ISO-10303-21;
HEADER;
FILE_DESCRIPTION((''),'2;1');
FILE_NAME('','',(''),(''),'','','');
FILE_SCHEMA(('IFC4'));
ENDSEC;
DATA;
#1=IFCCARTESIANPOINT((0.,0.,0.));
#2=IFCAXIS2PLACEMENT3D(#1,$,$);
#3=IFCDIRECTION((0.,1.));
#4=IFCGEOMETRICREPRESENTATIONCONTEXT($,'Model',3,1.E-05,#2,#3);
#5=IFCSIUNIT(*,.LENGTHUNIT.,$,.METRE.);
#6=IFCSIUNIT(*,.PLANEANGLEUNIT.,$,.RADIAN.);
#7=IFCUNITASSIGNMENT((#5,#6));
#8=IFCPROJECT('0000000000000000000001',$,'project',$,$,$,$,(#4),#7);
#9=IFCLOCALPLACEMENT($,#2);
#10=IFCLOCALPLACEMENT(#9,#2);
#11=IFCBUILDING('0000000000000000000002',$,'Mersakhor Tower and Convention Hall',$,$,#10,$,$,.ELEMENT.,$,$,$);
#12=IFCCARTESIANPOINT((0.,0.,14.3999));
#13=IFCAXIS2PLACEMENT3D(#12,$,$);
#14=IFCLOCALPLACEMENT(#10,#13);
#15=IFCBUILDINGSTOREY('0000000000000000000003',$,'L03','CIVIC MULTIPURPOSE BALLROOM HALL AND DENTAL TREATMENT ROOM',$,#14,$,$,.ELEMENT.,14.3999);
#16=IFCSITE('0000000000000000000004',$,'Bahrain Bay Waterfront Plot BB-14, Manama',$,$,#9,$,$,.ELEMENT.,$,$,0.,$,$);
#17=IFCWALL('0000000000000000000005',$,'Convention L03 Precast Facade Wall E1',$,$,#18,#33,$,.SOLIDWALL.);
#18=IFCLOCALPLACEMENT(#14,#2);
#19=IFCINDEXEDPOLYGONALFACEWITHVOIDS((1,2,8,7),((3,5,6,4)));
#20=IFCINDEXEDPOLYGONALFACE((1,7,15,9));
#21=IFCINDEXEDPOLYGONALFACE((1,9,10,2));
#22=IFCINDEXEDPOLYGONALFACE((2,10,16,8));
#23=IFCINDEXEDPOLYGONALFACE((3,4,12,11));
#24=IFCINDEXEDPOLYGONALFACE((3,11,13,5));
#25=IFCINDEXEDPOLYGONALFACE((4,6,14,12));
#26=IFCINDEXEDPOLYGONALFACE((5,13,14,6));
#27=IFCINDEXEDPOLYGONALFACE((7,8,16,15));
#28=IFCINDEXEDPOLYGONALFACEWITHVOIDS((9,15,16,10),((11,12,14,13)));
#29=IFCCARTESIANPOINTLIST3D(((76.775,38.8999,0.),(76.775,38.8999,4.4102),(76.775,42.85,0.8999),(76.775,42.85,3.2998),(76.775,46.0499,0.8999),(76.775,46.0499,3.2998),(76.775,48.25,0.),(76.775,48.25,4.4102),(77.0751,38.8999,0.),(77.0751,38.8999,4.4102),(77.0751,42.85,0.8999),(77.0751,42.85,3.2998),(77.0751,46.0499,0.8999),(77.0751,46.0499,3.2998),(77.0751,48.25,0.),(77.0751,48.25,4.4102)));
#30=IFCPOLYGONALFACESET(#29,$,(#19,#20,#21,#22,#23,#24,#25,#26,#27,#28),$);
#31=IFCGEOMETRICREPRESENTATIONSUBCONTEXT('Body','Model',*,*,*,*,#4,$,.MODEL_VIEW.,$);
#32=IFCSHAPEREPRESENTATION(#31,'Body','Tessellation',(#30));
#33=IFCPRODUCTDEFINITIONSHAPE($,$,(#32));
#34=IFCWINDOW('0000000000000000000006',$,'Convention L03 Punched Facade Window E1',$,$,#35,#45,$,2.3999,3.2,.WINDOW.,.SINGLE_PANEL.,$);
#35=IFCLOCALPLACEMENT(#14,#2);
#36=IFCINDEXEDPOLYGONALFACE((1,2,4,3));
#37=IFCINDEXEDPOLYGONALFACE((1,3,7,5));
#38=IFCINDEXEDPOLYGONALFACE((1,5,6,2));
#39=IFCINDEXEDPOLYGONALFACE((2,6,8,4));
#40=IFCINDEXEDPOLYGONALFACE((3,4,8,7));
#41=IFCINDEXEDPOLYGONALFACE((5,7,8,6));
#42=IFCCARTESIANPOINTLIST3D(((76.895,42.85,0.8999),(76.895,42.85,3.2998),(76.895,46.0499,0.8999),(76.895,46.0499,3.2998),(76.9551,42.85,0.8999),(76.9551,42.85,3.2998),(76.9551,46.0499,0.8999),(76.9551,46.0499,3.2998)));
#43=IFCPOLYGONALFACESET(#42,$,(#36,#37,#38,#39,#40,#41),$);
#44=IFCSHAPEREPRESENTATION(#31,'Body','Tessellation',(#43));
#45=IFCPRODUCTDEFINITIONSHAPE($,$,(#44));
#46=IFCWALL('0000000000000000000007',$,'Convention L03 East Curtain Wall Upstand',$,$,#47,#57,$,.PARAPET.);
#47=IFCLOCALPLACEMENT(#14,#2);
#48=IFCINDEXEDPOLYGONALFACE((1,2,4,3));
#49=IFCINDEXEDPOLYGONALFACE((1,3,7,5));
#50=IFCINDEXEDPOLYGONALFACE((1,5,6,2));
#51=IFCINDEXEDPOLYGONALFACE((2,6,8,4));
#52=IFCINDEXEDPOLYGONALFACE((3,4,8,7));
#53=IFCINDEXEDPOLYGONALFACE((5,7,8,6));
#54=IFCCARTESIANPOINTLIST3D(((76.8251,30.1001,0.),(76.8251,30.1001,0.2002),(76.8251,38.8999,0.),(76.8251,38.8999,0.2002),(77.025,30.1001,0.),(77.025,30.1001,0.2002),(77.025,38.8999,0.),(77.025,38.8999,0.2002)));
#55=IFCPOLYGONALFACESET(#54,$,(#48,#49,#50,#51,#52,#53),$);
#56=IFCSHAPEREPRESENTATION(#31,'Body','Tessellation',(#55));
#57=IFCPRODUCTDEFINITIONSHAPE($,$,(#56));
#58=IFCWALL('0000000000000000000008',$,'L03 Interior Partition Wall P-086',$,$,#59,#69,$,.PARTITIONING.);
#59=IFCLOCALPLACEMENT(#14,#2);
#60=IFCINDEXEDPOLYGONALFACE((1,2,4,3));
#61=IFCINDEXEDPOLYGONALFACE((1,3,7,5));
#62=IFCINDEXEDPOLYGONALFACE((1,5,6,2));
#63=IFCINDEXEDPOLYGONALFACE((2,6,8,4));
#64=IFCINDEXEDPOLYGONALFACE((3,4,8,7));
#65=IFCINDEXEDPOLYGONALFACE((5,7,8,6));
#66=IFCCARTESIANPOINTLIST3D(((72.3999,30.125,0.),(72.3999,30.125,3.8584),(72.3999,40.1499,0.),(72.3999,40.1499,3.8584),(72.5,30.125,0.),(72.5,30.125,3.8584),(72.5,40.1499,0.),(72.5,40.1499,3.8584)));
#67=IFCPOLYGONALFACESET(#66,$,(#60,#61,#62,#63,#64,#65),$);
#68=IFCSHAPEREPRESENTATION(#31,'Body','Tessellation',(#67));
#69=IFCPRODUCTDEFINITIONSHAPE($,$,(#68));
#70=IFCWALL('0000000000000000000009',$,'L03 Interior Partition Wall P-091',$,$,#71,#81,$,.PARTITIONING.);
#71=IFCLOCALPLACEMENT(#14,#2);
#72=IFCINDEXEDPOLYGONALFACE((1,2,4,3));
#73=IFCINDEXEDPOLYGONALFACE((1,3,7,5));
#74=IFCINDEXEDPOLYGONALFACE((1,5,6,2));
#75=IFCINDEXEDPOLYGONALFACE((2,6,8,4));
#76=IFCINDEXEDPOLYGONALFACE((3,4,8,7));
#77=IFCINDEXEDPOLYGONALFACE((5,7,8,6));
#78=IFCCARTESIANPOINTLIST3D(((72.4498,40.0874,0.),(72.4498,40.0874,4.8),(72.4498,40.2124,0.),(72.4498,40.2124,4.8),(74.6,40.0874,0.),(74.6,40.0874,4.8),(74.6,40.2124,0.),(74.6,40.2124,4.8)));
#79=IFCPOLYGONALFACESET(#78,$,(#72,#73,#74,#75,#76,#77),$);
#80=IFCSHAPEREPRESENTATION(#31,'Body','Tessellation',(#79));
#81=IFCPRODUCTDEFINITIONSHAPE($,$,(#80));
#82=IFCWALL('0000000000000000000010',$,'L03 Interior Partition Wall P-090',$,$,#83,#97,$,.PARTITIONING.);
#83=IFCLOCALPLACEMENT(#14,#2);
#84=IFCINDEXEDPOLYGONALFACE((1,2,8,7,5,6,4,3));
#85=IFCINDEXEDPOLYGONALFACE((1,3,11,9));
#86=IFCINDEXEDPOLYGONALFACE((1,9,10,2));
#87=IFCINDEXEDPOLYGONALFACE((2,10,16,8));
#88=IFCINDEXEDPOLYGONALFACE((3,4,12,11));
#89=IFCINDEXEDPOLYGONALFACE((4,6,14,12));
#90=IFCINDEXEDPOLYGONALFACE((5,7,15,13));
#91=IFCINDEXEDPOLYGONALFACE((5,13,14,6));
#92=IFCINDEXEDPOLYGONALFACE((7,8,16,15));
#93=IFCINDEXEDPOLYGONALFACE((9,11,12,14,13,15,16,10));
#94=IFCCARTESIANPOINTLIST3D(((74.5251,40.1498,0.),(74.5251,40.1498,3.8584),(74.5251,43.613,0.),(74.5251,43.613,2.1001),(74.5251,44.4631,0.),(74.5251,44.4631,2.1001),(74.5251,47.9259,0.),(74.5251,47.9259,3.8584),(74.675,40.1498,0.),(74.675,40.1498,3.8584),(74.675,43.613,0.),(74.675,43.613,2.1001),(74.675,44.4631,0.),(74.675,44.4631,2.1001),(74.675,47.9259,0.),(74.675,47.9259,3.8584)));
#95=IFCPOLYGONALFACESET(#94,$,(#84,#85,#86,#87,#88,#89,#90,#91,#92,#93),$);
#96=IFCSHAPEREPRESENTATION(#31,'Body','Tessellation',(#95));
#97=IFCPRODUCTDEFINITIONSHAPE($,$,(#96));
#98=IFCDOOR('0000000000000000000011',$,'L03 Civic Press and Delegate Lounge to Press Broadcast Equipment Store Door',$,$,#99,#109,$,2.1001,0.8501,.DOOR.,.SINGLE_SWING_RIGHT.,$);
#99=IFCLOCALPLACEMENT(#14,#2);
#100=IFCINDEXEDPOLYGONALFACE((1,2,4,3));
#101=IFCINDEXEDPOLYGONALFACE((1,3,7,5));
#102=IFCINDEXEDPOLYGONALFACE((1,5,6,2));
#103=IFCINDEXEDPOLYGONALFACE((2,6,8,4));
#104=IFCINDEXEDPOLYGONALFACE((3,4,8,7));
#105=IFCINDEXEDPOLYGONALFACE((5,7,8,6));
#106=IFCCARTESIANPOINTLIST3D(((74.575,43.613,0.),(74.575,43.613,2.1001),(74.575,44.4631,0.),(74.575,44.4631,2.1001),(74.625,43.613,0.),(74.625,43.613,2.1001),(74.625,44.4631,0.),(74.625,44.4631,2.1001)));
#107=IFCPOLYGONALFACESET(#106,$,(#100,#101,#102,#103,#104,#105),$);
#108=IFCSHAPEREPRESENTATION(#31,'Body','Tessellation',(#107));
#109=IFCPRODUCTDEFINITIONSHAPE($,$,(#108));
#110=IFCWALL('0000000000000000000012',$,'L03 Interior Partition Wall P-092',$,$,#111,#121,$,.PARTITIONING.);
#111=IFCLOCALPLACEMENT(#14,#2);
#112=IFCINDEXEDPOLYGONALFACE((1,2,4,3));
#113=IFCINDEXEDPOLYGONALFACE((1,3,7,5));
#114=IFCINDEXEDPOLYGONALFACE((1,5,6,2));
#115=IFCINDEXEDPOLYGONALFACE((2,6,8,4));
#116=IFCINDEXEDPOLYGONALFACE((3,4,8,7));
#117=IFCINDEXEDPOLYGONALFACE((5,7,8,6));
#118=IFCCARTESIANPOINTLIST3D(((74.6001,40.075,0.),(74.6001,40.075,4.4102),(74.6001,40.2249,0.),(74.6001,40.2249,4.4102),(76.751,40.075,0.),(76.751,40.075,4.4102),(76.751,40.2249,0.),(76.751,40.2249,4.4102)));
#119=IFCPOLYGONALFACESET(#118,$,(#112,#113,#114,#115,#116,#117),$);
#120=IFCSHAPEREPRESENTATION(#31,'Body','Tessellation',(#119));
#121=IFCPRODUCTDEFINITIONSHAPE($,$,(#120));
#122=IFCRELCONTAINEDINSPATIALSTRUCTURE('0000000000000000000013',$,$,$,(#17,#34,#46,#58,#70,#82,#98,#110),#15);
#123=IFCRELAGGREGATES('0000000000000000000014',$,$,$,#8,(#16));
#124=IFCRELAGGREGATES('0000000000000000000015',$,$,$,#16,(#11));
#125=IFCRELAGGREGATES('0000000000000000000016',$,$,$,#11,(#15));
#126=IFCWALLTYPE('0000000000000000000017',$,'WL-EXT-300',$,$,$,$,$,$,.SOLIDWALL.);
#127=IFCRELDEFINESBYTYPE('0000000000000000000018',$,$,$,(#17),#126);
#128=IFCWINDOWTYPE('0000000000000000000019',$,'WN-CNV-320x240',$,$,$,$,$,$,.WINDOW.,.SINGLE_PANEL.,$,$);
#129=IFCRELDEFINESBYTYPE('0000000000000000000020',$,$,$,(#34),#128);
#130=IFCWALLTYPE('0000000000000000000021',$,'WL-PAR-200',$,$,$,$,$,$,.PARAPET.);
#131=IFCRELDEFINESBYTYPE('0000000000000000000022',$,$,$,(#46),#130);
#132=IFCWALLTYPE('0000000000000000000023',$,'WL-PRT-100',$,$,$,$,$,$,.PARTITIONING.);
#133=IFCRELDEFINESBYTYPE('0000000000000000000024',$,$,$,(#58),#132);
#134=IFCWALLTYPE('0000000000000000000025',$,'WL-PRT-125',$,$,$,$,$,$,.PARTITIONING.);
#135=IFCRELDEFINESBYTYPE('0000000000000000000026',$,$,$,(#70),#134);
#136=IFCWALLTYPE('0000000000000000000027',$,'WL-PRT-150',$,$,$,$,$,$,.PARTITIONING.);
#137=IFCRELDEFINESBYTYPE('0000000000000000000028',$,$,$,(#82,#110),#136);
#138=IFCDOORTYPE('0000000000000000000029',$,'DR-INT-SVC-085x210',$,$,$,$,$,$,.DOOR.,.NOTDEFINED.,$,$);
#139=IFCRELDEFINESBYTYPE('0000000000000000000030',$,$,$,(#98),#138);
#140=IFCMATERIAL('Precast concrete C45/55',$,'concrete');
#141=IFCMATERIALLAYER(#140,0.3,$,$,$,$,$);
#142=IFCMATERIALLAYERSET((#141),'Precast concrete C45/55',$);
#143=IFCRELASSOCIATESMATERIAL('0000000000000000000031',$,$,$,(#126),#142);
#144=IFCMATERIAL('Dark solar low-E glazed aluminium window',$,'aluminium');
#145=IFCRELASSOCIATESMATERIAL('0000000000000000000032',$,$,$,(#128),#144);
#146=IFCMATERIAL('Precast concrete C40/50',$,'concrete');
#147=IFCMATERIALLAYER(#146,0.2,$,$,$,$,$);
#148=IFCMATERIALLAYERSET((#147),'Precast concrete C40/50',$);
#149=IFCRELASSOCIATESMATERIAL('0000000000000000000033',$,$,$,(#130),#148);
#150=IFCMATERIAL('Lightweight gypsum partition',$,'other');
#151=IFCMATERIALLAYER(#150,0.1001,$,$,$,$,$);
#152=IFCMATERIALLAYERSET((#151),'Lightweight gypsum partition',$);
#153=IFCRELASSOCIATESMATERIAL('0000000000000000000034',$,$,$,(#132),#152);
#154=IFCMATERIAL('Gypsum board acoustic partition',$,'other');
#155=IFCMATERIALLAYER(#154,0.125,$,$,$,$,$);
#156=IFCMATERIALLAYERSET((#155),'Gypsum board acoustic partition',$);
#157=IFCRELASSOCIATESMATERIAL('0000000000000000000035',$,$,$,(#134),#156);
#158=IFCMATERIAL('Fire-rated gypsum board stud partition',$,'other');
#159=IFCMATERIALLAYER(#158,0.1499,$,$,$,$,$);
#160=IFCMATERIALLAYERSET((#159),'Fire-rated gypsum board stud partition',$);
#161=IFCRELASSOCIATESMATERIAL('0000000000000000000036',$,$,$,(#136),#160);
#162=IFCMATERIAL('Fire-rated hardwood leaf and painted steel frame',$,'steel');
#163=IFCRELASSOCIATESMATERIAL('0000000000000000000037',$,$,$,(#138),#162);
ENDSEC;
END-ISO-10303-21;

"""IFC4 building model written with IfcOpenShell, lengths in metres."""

from ifc_helpers import new_model, si_unit, direction, frame, frame_2d, origin, place, context, subcontext, project, spatial, rectangle, extrude, material, layer, layer_set, type_object, element, fill, save


model = new_model("IFC4")

# Units and contexts
model_context = context("Model", 3, precision=1e-05, world=origin(), true_north=direction((0.0, 1.0)))
body_context = subcontext(model_context, "Body", "Model", "MODEL_VIEW")
ifc_project = project(units=[si_unit("LENGTHUNIT", "METRE"), si_unit("PLANEANGLEUNIT", "RADIAN")], contexts=[model_context])

# Site, building, storey
site_placement = place(None, origin())
site = spatial("IfcSite", under=ifc_project, at=site_placement, Name="Bahrain Bay Waterfront Plot BB-14, Manama", CompositionType="ELEMENT", RefElevation=0.0)
building_placement = place(site_placement, origin())
building = spatial("IfcBuilding", under=site, at=building_placement, Name="Mersakhor Tower and Convention Hall", CompositionType="ELEMENT")
storey_placement = place(building_placement, frame((0.0, 0.0, 14.3999)))
storey = spatial("IfcBuildingStorey", under=building, at=storey_placement, Name="L03", Description="CIVIC MULTIPURPOSE BALLROOM HALL AND DENTAL TREATMENT ROOM", CompositionType="ELEMENT", Elevation=14.3999)

# Wall, opening, window
ifc_material_1 = material(Name="Precast concrete C45/55", Category="concrete")
ifc_layer_1 = layer(ifc_material_1, 0.3)
ifc_layer_set_1 = layer_set([ifc_layer_1], Name="Precast concrete C45/55")
wall_type_1 = type_object("IfcWallType", Name="WL-EXT-300", PredefinedType="SOLIDWALL", material=ifc_layer_set_1)
wall_1_placement = place(storey_placement, frame((76.925, 48.25, 0.0), z_axis=(0.0, 0.0, 1.0), x_axis=(0.0, -1.0, 0.0)))
wall_1 = element("IfcWall", 1, at=wall_1_placement, inside=storey, type_object=wall_type_1, Name="Convention L03 Precast Facade Wall E1", PredefinedType="SOLIDWALL", context=body_context, shape_type="SweptSolid", body=[
    extrude(rectangle(XDim=9.3501, YDim=0.3, at=frame_2d((4.675, 0.0))), origin(), (0.0, 0.0, 1.0), 4.4102),
])
opening_1_placement = place(wall_1_placement, frame((2.2, 0.0, 0.8999)))
opening_1 = element("IfcOpeningElement", 2, at=opening_1_placement, cuts=wall_1, PredefinedType="OPENING", context=body_context, shape_type="SweptSolid", body=[
    extrude(rectangle(XDim=3.2, YDim=2.3999, at=frame_2d((1.6001, 1.2))), frame((0.0, 0.1599, 0.0), z_axis=(0.0, -1.0, 0.0), x_axis=(1.0, 0.0, 0.0)), (0.0, 0.0, 1.0), 0.3201),
])
ifc_material_2 = material(Name="Dark solar low-E glazed aluminium window", Category="aluminium")
window_type = type_object("IfcWindowType", Name="WN-CNV-320x240", PartitioningType="SINGLE_PANEL", PredefinedType="WINDOW", material=ifc_material_2)
window_placement = place(opening_1_placement, origin())
window = element("IfcWindow", 3, at=window_placement, inside=storey, type_object=window_type, Name="Convention L03 Punched Facade Window E1", OverallHeight=2.3999, OverallWidth=3.2, PartitioningType="SINGLE_PANEL", PredefinedType="WINDOW", context=body_context, shape_type="SweptSolid", body=[
    extrude(rectangle(XDim=3.2, YDim=2.3999, at=frame_2d((1.6001, 1.2))), frame((0.0, 0.03, 0.0), z_axis=(0.0, -1.0, 0.0), x_axis=(1.0, 0.0, 0.0)), (0.0, 0.0, 1.0), 0.0601),
])
fill(opening_1, window)

# Walls
ifc_material_3 = material(Name="Precast concrete C40/50", Category="concrete")
ifc_layer_2 = layer(ifc_material_3, 0.2)
ifc_layer_set_2 = layer_set([ifc_layer_2], Name="Precast concrete C40/50")
wall_type_2 = type_object("IfcWallType", Name="WL-PAR-200", PredefinedType="PARAPET", material=ifc_layer_set_2)
wall_2_placement = place(storey_placement, frame((76.925, 38.8999, 0.0), z_axis=(0.0, 0.0, 1.0), x_axis=(0.0, -1.0, 0.0)))
element("IfcWall", 4, at=wall_2_placement, inside=storey, type_object=wall_type_2, Name="Convention L03 East Curtain Wall Upstand", PredefinedType="PARAPET", context=body_context, shape_type="SweptSolid", body=[
    extrude(rectangle(XDim=8.7998, YDim=0.2, at=frame_2d((4.3999, 0.0))), origin(), (0.0, 0.0, 1.0), 0.2002),
])
ifc_material_4 = material(Name="Lightweight gypsum partition", Category="other")
ifc_layer_3 = layer(ifc_material_4, 0.1001)
ifc_layer_set_3 = layer_set([ifc_layer_3], Name="Lightweight gypsum partition")
wall_type_3 = type_object("IfcWallType", Name="WL-PRT-100", PredefinedType="PARTITIONING", material=ifc_layer_set_3)
wall_3_placement = place(storey_placement, frame((72.45, 40.1499, 0.0), z_axis=(0.0, 0.0, 1.0), x_axis=(0.0, -1.0, 0.0)))
element("IfcWall", 5, at=wall_3_placement, inside=storey, type_object=wall_type_3, Name="L03 Interior Partition Wall P-086", PredefinedType="PARTITIONING", context=body_context, shape_type="SweptSolid", body=[
    extrude(rectangle(XDim=10.0249, YDim=0.1001, at=frame_2d((5.0125, 0.0))), origin(), (0.0, 0.0, 1.0), 3.8584),
])
ifc_material_5 = material(Name="Gypsum board acoustic partition", Category="other")
ifc_layer_4 = layer(ifc_material_5, 0.125)
ifc_layer_set_4 = layer_set([ifc_layer_4], Name="Gypsum board acoustic partition")
wall_type_4 = type_object("IfcWallType", Name="WL-PRT-125", PredefinedType="PARTITIONING", material=ifc_layer_set_4)
wall_4_placement = place(storey_placement, frame((74.6001, 40.1499, 0.0), z_axis=(0.0, 0.0, 1.0), x_axis=(-1.0, 0.0, 0.0)))
element("IfcWall", 6, at=wall_4_placement, inside=storey, type_object=wall_type_4, Name="L03 Interior Partition Wall P-091", PredefinedType="PARTITIONING", context=body_context, shape_type="SweptSolid", body=[
    extrude(rectangle(XDim=2.1501, YDim=0.125, at=frame_2d((1.0752, 0.0))), origin(), (0.0, 0.0, 1.0), 4.8),
])

# Wall, opening, door
ifc_material_6 = material(Name="Fire-rated gypsum board stud partition", Category="other")
ifc_layer_5 = layer(ifc_material_6, 0.1499)
ifc_layer_set_5 = layer_set([ifc_layer_5], Name="Fire-rated gypsum board stud partition")
wall_type_5 = type_object("IfcWallType", Name="WL-PRT-150", PredefinedType="PARTITIONING", material=ifc_layer_set_5)
wall_5_placement = place(storey_placement, frame((74.6001, 47.926, 0.0), z_axis=(0.0, 0.0, 1.0), x_axis=(0.0, -1.0, 0.0)))
wall_5 = element("IfcWall", 7, at=wall_5_placement, inside=storey, type_object=wall_type_5, Name="L03 Interior Partition Wall P-090", PredefinedType="PARTITIONING", context=body_context, shape_type="SweptSolid", body=[
    extrude(rectangle(XDim=7.7761, YDim=0.1499, at=frame_2d((3.8882, 0.0))), origin(), (0.0, 0.0, 1.0), 3.8584),
])
opening_2_placement = place(wall_5_placement, frame((3.4629, 0.0, 0.0)))
opening_2 = element("IfcOpeningElement", 8, at=opening_2_placement, cuts=wall_5, PredefinedType="OPENING", context=body_context, shape_type="SweptSolid", body=[
    extrude(rectangle(XDim=0.8501, YDim=2.1001, at=frame_2d((0.425, 1.05))), frame((0.0, 0.085, 0.0), z_axis=(0.0, -1.0, 0.0), x_axis=(1.0, 0.0, 0.0)), (0.0, 0.0, 1.0), 0.1699),
])
ifc_material_7 = material(Name="Fire-rated hardwood leaf and painted steel frame", Category="steel")
door_type = type_object("IfcDoorType", Name="DR-INT-SVC-085x210", OperationType="NOTDEFINED", PredefinedType="DOOR", material=ifc_material_7)
door_placement = place(opening_2_placement, origin())
door = element("IfcDoor", 9, at=door_placement, inside=storey, type_object=door_type, Name="L03 Civic Press and Delegate Lounge to Press Broadcast Equipment Store Door", OperationType="SINGLE_SWING_RIGHT", OverallHeight=2.1001, OverallWidth=0.8501, PredefinedType="DOOR", context=body_context, shape_type="SweptSolid", body=[
    extrude(rectangle(XDim=0.8501, YDim=2.1001, at=frame_2d((0.425, 1.05))), frame((0.0, 0.0249, 0.0), z_axis=(0.0, -1.0, 0.0), x_axis=(1.0, 0.0, 0.0)), (0.0, 0.0, 1.0), 0.05),
])
fill(opening_2, door)

# Wall
wall_6_placement = place(storey_placement, frame((76.751, 40.1499, 0.0), z_axis=(0.0, 0.0, 1.0), x_axis=(-1.0, 0.0, 0.0)))
element("IfcWall", 10, at=wall_6_placement, inside=storey, type_object=wall_type_5, Name="L03 Interior Partition Wall P-092", PredefinedType="PARTITIONING", context=body_context, shape_type="SweptSolid", body=[
    extrude(rectangle(XDim=2.1509, YDim=0.1499, at=frame_2d((1.0754, 0.0))), origin(), (0.0, 0.0, 1.0), 4.4102),
])

save(model, "model.ifc")
